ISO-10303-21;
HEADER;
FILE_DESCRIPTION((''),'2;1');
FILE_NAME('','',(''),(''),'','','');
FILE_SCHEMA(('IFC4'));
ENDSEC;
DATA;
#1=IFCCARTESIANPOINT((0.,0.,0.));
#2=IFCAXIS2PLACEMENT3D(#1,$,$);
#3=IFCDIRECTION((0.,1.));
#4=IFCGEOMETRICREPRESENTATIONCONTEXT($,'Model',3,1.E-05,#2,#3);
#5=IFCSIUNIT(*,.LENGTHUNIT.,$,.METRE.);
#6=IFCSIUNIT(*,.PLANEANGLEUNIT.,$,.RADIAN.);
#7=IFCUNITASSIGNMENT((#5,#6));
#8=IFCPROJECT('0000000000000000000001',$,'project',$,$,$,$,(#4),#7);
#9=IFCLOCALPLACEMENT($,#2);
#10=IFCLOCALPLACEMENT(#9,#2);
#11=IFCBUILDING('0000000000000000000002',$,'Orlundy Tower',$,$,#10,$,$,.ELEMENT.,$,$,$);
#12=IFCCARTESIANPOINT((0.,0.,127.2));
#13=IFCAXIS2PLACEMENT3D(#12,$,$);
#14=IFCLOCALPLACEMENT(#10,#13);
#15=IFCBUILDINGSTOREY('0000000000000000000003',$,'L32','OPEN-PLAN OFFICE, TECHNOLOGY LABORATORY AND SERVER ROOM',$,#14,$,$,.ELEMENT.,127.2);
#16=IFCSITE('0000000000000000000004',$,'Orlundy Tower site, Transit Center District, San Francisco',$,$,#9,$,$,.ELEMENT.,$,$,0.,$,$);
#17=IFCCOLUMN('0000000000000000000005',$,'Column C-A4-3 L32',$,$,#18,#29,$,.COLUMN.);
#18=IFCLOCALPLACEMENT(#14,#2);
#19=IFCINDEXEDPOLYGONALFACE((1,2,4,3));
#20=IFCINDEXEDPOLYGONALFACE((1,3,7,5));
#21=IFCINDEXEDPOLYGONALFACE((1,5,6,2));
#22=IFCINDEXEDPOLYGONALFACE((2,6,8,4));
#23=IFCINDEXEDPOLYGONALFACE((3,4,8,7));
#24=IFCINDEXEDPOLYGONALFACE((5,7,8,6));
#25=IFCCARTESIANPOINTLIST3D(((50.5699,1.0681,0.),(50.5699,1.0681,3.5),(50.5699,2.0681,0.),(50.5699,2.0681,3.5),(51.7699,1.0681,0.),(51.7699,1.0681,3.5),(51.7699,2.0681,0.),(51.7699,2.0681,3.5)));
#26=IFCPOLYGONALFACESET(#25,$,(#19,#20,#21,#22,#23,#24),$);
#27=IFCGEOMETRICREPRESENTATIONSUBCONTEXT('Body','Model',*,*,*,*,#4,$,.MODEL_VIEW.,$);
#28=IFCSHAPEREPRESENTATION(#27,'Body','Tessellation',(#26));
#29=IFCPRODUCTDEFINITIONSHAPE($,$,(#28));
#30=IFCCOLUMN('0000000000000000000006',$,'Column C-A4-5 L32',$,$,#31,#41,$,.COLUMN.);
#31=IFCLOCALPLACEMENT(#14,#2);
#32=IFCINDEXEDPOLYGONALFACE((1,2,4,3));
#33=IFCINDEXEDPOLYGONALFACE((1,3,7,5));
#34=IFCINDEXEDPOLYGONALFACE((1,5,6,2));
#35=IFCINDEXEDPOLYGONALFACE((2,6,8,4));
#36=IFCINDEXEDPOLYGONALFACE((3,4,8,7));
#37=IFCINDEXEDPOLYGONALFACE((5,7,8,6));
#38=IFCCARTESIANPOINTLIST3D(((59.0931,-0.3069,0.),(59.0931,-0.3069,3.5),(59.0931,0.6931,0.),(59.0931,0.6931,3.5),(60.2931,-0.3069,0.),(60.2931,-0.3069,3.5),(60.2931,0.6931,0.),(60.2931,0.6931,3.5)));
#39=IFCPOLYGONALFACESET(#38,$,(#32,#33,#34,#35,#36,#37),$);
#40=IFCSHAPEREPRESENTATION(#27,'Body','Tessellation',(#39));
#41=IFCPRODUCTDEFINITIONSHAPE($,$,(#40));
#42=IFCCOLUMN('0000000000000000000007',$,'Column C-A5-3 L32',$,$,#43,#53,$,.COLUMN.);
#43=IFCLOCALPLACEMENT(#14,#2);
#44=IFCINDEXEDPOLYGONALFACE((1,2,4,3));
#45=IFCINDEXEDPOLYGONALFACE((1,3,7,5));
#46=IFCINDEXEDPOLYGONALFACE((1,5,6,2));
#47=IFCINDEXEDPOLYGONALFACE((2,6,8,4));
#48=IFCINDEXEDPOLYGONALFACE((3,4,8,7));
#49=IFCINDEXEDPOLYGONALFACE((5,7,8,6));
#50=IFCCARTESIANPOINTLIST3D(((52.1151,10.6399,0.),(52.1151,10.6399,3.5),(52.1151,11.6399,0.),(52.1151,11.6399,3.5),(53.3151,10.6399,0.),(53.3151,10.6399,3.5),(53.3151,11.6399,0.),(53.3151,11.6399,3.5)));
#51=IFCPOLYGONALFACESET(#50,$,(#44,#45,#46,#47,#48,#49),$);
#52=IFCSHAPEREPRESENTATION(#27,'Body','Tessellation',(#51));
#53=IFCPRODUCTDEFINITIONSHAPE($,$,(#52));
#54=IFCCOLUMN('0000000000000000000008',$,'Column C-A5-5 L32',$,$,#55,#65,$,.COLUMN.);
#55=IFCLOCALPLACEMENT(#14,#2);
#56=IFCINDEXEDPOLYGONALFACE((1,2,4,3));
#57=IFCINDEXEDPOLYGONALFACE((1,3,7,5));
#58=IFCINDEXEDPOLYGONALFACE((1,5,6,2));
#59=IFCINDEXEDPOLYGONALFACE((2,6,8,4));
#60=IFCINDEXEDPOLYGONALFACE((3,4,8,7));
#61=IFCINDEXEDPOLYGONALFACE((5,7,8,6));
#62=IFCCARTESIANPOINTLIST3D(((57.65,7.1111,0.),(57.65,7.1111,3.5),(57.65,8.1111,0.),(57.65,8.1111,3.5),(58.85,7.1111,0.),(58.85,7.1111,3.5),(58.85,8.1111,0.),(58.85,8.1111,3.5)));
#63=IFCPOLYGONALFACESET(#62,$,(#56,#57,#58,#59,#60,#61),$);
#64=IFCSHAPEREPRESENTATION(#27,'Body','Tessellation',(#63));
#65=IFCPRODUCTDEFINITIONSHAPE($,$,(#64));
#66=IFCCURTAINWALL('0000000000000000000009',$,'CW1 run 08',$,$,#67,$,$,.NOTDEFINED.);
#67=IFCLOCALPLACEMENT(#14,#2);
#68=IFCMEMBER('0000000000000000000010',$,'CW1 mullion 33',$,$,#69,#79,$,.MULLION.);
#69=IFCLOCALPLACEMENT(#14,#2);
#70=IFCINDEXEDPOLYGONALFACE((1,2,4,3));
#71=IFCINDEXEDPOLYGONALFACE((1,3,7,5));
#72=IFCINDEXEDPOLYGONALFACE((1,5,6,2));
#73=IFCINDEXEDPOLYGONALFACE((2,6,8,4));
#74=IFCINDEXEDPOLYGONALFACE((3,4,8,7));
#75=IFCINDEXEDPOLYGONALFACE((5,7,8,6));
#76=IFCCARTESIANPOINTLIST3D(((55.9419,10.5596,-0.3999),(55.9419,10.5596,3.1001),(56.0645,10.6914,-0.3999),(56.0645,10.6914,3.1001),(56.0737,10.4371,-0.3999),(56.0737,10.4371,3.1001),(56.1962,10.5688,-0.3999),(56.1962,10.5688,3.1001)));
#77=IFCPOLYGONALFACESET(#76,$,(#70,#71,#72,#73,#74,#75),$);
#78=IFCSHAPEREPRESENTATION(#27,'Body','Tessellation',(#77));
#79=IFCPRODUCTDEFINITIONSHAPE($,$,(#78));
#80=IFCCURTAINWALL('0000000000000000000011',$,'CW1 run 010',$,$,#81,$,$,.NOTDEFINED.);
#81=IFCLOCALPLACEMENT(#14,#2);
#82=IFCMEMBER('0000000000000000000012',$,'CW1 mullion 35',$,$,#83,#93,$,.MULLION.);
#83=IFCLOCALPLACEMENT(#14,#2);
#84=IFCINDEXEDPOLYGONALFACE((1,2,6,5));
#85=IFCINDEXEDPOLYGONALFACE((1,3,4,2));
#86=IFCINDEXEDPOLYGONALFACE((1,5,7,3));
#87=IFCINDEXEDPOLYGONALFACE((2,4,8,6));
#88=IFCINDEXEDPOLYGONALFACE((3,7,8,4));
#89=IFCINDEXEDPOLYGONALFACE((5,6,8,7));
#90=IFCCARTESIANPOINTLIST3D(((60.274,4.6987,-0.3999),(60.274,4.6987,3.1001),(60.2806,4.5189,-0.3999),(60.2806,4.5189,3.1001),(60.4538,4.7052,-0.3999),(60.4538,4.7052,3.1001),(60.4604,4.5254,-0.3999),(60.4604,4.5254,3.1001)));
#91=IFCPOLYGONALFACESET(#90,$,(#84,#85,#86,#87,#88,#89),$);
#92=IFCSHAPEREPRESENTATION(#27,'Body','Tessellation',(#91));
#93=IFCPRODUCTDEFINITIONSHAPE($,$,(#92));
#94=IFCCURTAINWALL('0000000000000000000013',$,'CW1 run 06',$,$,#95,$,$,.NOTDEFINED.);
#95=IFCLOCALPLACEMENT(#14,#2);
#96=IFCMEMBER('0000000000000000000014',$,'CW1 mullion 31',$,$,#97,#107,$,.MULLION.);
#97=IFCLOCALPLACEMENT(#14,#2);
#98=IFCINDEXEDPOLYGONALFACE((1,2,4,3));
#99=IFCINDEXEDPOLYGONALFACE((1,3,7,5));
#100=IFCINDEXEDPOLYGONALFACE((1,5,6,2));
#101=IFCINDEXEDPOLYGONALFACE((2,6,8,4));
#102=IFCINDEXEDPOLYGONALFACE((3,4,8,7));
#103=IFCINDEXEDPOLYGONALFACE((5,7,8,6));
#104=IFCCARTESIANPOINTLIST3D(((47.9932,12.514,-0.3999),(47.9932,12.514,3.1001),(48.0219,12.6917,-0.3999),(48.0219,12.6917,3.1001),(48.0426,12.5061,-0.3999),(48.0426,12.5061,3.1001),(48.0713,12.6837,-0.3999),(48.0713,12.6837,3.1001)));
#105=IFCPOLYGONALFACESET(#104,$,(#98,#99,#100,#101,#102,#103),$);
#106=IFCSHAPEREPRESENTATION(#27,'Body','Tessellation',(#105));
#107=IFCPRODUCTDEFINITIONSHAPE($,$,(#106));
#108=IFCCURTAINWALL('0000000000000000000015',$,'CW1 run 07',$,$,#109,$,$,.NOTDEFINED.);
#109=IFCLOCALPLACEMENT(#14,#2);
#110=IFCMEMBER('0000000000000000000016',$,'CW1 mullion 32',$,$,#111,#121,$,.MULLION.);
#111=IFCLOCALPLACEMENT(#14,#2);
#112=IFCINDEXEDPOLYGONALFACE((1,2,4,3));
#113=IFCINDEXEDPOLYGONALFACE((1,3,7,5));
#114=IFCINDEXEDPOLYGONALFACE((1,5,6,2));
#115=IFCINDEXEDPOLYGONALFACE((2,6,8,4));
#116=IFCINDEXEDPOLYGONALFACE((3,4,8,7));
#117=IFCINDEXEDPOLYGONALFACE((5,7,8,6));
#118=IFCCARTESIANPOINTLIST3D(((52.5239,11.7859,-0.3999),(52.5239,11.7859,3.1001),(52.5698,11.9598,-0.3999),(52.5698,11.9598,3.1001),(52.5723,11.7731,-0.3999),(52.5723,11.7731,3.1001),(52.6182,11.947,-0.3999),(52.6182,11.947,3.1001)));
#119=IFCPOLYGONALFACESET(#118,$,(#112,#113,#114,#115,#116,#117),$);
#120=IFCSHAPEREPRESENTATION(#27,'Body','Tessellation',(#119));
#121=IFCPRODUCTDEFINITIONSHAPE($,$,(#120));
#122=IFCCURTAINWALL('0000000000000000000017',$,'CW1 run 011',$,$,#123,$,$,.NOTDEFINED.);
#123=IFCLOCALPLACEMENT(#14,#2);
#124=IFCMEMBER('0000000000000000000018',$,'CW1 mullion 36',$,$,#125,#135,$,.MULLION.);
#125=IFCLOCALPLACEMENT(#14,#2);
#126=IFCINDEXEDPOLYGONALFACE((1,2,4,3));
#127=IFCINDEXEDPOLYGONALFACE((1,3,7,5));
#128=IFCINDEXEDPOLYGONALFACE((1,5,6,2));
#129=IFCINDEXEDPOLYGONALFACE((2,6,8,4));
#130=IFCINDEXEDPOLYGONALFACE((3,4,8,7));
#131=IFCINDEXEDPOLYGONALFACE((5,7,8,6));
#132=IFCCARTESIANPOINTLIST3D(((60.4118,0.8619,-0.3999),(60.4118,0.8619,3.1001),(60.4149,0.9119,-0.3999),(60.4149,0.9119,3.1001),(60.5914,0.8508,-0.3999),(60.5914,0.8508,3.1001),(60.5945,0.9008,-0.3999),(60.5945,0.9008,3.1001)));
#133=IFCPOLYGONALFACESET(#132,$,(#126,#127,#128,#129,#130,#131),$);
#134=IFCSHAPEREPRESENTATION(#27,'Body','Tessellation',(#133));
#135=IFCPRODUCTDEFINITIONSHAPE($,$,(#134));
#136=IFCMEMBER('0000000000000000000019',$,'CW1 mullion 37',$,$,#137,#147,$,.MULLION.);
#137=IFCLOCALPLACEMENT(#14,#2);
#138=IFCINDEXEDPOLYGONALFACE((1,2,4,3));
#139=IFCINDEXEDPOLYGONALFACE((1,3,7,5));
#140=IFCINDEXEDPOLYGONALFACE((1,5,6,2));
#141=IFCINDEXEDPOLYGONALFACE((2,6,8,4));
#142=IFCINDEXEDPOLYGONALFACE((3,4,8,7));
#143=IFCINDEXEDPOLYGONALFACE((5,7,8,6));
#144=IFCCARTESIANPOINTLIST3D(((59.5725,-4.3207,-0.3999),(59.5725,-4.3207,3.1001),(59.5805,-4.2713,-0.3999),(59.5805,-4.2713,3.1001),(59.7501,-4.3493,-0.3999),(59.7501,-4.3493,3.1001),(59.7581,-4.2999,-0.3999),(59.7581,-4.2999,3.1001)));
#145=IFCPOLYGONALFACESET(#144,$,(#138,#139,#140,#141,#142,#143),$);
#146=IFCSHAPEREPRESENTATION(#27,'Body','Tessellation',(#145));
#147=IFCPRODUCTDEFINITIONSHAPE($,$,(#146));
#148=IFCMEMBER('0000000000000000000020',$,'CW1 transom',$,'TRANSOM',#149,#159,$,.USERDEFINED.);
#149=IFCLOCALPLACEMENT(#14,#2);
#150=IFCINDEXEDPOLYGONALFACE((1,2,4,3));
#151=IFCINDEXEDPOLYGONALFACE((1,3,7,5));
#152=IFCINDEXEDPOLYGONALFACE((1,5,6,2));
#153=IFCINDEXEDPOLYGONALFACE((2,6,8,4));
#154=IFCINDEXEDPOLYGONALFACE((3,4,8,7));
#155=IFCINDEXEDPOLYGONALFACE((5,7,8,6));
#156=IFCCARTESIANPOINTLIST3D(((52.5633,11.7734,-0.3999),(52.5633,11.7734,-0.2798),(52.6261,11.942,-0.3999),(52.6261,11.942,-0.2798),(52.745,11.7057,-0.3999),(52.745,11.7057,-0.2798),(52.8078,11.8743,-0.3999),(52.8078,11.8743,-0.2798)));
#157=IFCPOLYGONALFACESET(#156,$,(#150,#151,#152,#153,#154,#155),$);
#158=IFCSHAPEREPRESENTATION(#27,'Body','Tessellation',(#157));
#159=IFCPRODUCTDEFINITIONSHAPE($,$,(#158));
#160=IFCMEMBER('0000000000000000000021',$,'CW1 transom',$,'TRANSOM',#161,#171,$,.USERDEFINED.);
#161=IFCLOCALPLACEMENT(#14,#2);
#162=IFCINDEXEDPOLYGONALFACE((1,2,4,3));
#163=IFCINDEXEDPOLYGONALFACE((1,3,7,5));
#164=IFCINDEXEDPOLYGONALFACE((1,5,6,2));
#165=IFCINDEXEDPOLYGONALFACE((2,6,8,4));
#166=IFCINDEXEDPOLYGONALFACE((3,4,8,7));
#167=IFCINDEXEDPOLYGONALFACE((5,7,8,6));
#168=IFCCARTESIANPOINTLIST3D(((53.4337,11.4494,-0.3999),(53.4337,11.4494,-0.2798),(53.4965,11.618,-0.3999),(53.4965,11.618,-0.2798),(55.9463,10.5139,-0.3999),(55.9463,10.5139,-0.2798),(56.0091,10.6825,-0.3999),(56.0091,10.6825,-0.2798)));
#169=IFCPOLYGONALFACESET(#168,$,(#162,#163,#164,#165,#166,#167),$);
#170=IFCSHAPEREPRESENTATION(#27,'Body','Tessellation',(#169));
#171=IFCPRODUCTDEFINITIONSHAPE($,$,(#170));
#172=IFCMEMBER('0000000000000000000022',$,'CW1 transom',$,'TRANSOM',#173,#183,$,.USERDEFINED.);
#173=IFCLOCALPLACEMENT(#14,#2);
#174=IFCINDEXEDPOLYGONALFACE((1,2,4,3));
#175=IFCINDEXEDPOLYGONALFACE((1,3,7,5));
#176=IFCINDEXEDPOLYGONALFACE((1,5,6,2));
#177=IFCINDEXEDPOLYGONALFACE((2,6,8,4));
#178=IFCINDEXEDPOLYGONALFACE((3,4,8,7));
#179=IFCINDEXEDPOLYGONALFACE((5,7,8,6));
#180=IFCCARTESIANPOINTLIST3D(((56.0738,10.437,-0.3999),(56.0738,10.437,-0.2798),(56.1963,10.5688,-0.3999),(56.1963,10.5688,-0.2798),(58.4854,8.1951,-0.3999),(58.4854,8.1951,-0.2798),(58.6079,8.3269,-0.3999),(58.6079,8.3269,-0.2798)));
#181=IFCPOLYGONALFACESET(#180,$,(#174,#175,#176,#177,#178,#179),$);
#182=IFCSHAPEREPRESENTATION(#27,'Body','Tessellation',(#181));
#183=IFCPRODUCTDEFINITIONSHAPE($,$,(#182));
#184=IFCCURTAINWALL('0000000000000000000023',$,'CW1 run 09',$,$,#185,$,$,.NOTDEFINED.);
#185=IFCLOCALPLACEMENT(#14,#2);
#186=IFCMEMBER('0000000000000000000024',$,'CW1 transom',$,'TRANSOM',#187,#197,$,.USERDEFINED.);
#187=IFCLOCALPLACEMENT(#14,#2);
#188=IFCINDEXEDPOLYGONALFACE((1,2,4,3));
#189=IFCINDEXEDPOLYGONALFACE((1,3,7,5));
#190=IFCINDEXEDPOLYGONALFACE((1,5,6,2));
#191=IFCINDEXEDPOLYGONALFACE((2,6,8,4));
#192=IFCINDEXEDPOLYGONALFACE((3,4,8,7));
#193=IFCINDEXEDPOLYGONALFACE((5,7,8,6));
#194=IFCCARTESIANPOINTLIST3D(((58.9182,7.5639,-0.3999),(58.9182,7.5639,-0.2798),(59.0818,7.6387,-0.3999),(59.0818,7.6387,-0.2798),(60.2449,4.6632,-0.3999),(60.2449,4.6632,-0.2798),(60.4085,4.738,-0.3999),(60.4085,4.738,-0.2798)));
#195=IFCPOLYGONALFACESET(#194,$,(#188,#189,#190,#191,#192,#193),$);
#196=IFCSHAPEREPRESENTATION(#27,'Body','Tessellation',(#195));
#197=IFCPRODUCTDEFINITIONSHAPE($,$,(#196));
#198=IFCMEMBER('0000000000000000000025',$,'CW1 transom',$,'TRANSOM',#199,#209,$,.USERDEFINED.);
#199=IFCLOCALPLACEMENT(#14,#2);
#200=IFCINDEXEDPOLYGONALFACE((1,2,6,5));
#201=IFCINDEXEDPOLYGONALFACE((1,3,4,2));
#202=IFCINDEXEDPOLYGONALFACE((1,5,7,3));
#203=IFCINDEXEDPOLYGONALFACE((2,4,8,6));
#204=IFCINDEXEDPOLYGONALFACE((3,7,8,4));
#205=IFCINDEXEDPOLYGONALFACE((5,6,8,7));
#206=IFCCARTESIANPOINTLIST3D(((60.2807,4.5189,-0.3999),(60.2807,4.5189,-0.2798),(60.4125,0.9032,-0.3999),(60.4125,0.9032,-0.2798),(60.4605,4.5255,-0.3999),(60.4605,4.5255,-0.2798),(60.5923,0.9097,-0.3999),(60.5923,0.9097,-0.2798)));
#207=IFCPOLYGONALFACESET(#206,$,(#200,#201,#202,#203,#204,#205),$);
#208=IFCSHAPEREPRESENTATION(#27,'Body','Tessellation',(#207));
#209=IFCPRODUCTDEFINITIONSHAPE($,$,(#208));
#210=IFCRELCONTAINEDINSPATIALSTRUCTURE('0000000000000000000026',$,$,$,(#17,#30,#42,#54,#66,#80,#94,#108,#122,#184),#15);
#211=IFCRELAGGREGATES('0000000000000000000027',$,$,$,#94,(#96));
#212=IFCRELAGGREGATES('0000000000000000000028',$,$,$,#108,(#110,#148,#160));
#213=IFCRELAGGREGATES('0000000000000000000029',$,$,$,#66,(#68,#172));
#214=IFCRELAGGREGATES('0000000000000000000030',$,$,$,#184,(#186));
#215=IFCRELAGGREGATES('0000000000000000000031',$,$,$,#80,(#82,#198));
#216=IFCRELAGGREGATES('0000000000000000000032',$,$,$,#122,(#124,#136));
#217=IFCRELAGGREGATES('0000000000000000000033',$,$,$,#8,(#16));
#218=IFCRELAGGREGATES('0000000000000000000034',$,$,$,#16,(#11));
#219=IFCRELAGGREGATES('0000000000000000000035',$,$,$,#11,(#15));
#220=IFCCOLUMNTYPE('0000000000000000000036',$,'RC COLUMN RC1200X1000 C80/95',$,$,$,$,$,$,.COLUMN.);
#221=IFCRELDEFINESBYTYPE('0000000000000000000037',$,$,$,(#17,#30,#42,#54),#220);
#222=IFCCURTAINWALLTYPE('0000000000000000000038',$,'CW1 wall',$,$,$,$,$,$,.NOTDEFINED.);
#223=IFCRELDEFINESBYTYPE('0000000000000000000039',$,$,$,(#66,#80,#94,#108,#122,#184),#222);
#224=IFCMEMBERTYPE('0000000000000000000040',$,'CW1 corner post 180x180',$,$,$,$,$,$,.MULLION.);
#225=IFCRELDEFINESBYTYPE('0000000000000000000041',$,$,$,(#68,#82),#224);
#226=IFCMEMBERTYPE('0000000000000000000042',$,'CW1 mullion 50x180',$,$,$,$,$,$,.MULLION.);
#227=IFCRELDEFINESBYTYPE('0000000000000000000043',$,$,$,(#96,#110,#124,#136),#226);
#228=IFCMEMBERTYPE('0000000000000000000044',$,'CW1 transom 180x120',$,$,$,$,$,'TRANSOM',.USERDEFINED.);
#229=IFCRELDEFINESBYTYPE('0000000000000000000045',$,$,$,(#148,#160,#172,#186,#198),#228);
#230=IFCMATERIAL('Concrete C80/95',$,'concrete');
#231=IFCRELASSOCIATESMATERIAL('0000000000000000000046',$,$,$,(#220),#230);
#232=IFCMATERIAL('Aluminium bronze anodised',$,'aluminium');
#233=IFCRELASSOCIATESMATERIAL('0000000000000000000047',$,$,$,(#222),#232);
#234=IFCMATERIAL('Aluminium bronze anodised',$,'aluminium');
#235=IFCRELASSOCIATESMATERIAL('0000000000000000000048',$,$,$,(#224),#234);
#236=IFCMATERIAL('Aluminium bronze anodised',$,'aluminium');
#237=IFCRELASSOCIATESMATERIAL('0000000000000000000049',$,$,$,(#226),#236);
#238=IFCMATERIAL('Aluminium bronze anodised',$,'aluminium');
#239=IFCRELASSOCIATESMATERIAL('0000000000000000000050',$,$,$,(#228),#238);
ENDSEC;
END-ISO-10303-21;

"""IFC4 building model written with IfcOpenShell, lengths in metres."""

from ifc_helpers import new_model, si_unit, direction, frame, origin, origin_2d, place, context, subcontext, project, spatial, rectangle, extrude, material, material_profile, profile_set, type_object, element, aggregate, save


model = new_model("IFC4")

# Units and contexts
model_context = context("Model", 3, precision=1e-05, world=origin(), true_north=direction((0.0, 1.0)))
body_context = subcontext(model_context, "Body", "Model", "MODEL_VIEW")
ifc_project = project(units=[si_unit("LENGTHUNIT", "METRE"), si_unit("PLANEANGLEUNIT", "RADIAN")], contexts=[model_context])

# Site, building, storey
site_placement = place(None, origin())
site = spatial("IfcSite", under=ifc_project, at=site_placement, Name="Orlundy Tower site, Transit Center District, San Francisco", CompositionType="ELEMENT", RefElevation=0.0)
building_placement = place(site_placement, origin())
building = spatial("IfcBuilding", under=site, at=building_placement, Name="Orlundy Tower", CompositionType="ELEMENT")
storey_placement = place(building_placement, frame((0.0, 0.0, 127.2)))
storey = spatial("IfcBuildingStorey", under=building, at=storey_placement, Name="L32", Description="OPEN-PLAN OFFICE, TECHNOLOGY LABORATORY AND SERVER ROOM", CompositionType="ELEMENT", Elevation=127.2)

# Columns
ifc_material_1 = material(Name="Concrete C80/95", Category="concrete")
ifc_material_profile_1 = material_profile(ifc_material_1, rectangle(XDim=1.2, YDim=1.0, at=origin_2d()), Name="RC1200X1000")
ifc_profile_set_1 = profile_set([ifc_material_profile_1], Name="Concrete C80/95")
column_type = type_object("IfcColumnType", Name="RC COLUMN RC1200X1000 C80/95", PredefinedType="COLUMN", material=ifc_profile_set_1)
for number, where, z_axis, x_axis, name in (
    (1, (51.1699, 1.5681, 0.0), (0.0, 0.0, 1.0), (1.0, 0.0, 0.0), "Column C-A4-3 L32"),
    (2, (59.6931, 0.1931, 0.0), (0.0, 0.0, 1.0), (1.0, 0.0, 0.0), "Column C-A4-5 L32"),
    (3, (52.7151, 11.1399, 0.0), (0.0, 0.0, 1.0), (1.0, 0.0, 0.0), "Column C-A5-3 L32"),
    (4, (58.25, 7.6111, 0.0), (0.0, 0.0, 1.0), (1.0, 0.0, 0.0), "Column C-A5-5 L32"),
):
    element("IfcColumn", number, at=place(storey_placement, frame(where, z_axis=z_axis, x_axis=x_axis)), inside=storey, type_object=column_type, Name=name, PredefinedType="COLUMN", context=body_context, shape_type="SweptSolid", body=[
        extrude(rectangle(XDim=1.2, YDim=1.0, at=origin_2d()), origin(), (0.0, 0.0, 1.0), 3.5),
    ])

# Curtain walls, members
ifc_material_2 = material(Name="Aluminium bronze anodised", Category="aluminium")
curtain_wall_type = type_object("IfcCurtainWallType", Name="CW1 wall", PredefinedType="NOTDEFINED", material=ifc_material_2)
curtain_wall_1_placement = place(storey_placement, origin())
curtain_wall_1 = element("IfcCurtainWall", 5, at=curtain_wall_1_placement, inside=storey, type_object=curtain_wall_type, Name="CW1 run 08", PredefinedType="NOTDEFINED")
ifc_material_3 = material(Name="Aluminium bronze anodised", Category="aluminium")
ifc_material_profile_2 = material_profile(ifc_material_3, rectangle(XDim=0.1799, YDim=0.1799, at=origin_2d()), Name="CW1 corner post 180x180")
ifc_profile_set_2 = profile_set([ifc_material_profile_2], Name="Aluminium bronze anodised")
member_type_1 = type_object("IfcMemberType", Name="CW1 corner post 180x180", PredefinedType="MULLION", material=ifc_profile_set_2)
member_1_placement = place(storey_placement, frame((56.0691, 10.5642, -0.3999), z_axis=(0.0, 0.0, 1.0), x_axis=(0.680875, 0.732399, 0.0)))
member_1 = element("IfcMember", 6, at=member_1_placement, type_object=member_type_1, Name="CW1 mullion 33", PredefinedType="MULLION", context=body_context, shape_type="SweptSolid", body=[
    extrude(rectangle(XDim=0.1799, YDim=0.1799, at=origin_2d()), origin(), (0.0, 0.0, 1.0), 3.5),
])
curtain_wall_2_placement = place(storey_placement, origin())
curtain_wall_2 = element("IfcCurtainWall", 7, at=curtain_wall_2_placement, inside=storey, type_object=curtain_wall_type, Name="CW1 run 010", PredefinedType="NOTDEFINED")
member_2_placement = place(storey_placement, frame((60.3672, 4.6121, -0.3999), z_axis=(0.0, 0.0, 1.0), x_axis=(0.999336, 0.036423, 0.0)))
member_2 = element("IfcMember", 8, at=member_2_placement, type_object=member_type_1, Name="CW1 mullion 35", PredefinedType="MULLION", context=body_context, shape_type="SweptSolid", body=[
    extrude(rectangle(XDim=0.1799, YDim=0.1799, at=origin_2d()), origin(), (0.0, 0.0, 1.0), 3.5),
])
curtain_wall_3_placement = place(storey_placement, origin())
curtain_wall_3 = element("IfcCurtainWall", 9, at=curtain_wall_3_placement, inside=storey, type_object=curtain_wall_type, Name="CW1 run 06", PredefinedType="NOTDEFINED")
ifc_material_4 = material(Name="Aluminium bronze anodised", Category="aluminium")
ifc_material_profile_3 = material_profile(ifc_material_4, rectangle(XDim=0.1799, YDim=0.05, at=origin_2d()), Name="CW1 mullion 50x180")
ifc_profile_set_3 = profile_set([ifc_material_profile_3], Name="Aluminium bronze anodised")
member_type_2 = type_object("IfcMemberType", Name="CW1 mullion 50x180", PredefinedType="MULLION", material=ifc_profile_set_3)
member_3_placement = place(storey_placement, frame((48.0322, 12.5989, -0.3999), z_axis=(0.0, 0.0, 1.0), x_axis=(0.159302, 0.98723, 0.0)))
member_3 = element("IfcMember", 10, at=member_3_placement, type_object=member_type_2, Name="CW1 mullion 31", PredefinedType="MULLION", context=body_context, shape_type="SweptSolid", body=[
    extrude(rectangle(XDim=0.1799, YDim=0.05, at=origin_2d()), origin(), (0.0, 0.0, 1.0), 3.5),
])
curtain_wall_4_placement = place(storey_placement, origin())
curtain_wall_4 = element("IfcCurtainWall", 11, at=curtain_wall_4_placement, inside=storey, type_object=curtain_wall_type, Name="CW1 run 07", PredefinedType="NOTDEFINED")
member_4_placement = place(storey_placement, frame((52.571, 11.8665, -0.3999), z_axis=(0.0, 0.0, 1.0), x_axis=(0.255334, 0.966853, 0.0)))
member_4 = element("IfcMember", 12, at=member_4_placement, type_object=member_type_2, Name="CW1 mullion 32", PredefinedType="MULLION", context=body_context, shape_type="SweptSolid", body=[
    extrude(rectangle(XDim=0.1799, YDim=0.05, at=origin_2d()), origin(), (0.0, 0.0, 1.0), 3.5),
])

# Curtain wall, members
curtain_wall_5_placement = place(storey_placement, origin())
curtain_wall_5 = element("IfcCurtainWall", 13, at=curtain_wall_5_placement, inside=storey, type_object=curtain_wall_type, Name="CW1 run 011", PredefinedType="NOTDEFINED")
member_5_placement = place(storey_placement, frame((60.5032, 0.8813, -0.3999), z_axis=(0.0, 0.0, 1.0), x_axis=(0.998092, -0.061752, 0.0)))
member_5 = element("IfcMember", 14, at=member_5_placement, type_object=member_type_2, Name="CW1 mullion 36", PredefinedType="MULLION", context=body_context, shape_type="SweptSolid", body=[
    extrude(rectangle(XDim=0.1799, YDim=0.05, at=origin_2d()), origin(), (0.0, 0.0, 1.0), 3.5),
])
member_6_placement = place(storey_placement, frame((59.6653, -4.3103, -0.3999), z_axis=(0.0, 0.0, 1.0), x_axis=(0.987225, -0.159331, 0.0)))
member_6 = element("IfcMember", 15, at=member_6_placement, type_object=member_type_2, Name="CW1 mullion 37", PredefinedType="MULLION", context=body_context, shape_type="SweptSolid", body=[
    extrude(rectangle(XDim=0.1799, YDim=0.05, at=origin_2d()), origin(), (0.0, 0.0, 1.0), 3.5),
])

# Members
ifc_material_5 = material(Name="Aluminium bronze anodised", Category="aluminium")
ifc_material_profile_4 = material_profile(ifc_material_5, rectangle(XDim=0.1799, YDim=0.1201, at=origin_2d()), Name="CW1 transom 180x120")
ifc_profile_set_4 = profile_set([ifc_material_profile_4], Name="Aluminium bronze anodised")
member_type_3 = type_object("IfcMemberType", Name="CW1 transom 180x120", ElementType="TRANSOM", PredefinedType="USERDEFINED", material=ifc_profile_set_4)
member_7_placement = place(storey_placement, frame((52.5947, 11.8577, -0.3398), z_axis=(0.937155, -0.348914, 0.0), x_axis=(0.348914, 0.937155, 0.0)))
member_7 = element("IfcMember", 16, at=member_7_placement, type_object=member_type_3, Name="CW1 transom", ObjectType="TRANSOM", PredefinedType="USERDEFINED", context=body_context, shape_type="SweptSolid", body=[
    extrude(rectangle(XDim=0.1799, YDim=0.1201, at=origin_2d()), origin(), (0.0, 0.0, 1.0), 0.1938),
])
member_8_placement = place(storey_placement, frame((53.4651, 11.5337, -0.3398), z_axis=(0.93715, -0.348927, 0.0), x_axis=(0.348927, 0.93715, 0.0)))
member_8 = element("IfcMember", 17, at=member_8_placement, type_object=member_type_3, Name="CW1 transom", ObjectType="TRANSOM", PredefinedType="USERDEFINED", context=body_context, shape_type="SweptSolid", body=[
    extrude(rectangle(XDim=0.1799, YDim=0.1201, at=origin_2d()), origin(), (0.0, 0.0, 1.0), 2.6812),
])
member_9_placement = place(storey_placement, frame((56.135, 10.5029, -0.3398), z_axis=(0.732403, -0.680872, 0.0), x_axis=(0.680872, 0.732403, 0.0)))
member_9 = element("IfcMember", 18, at=member_9_placement, type_object=member_type_3, Name="CW1 transom", ObjectType="TRANSOM", PredefinedType="USERDEFINED", context=body_context, shape_type="SweptSolid", body=[
    extrude(rectangle(XDim=0.1799, YDim=0.1201, at=origin_2d()), origin(), (0.0, 0.0, 1.0), 3.2927),
])

# Curtain wall, member
curtain_wall_6_placement = place(storey_placement, origin())
curtain_wall_6 = element("IfcCurtainWall", 19, at=curtain_wall_6_placement, inside=storey, type_object=curtain_wall_type, Name="CW1 run 09", PredefinedType="NOTDEFINED")
member_10_placement = place(storey_placement, frame((59.0, 7.6013, -0.3398), z_axis=(0.41593, -0.909397, 0.0), x_axis=(0.909397, 0.41593, 0.0)))
member_10 = element("IfcMember", 20, at=member_10_placement, type_object=member_type_3, Name="CW1 transom", ObjectType="TRANSOM", PredefinedType="USERDEFINED", context=body_context, shape_type="SweptSolid", body=[
    extrude(rectangle(XDim=0.1799, YDim=0.1201, at=origin_2d()), origin(), (0.0, 0.0, 1.0), 3.1897),
])

# Member
member_11_placement = place(storey_placement, frame((60.3706, 4.5222, -0.3398), z_axis=(0.036438, -0.999336, 0.0), x_axis=(0.999336, 0.036438, 0.0)))
member_11 = element("IfcMember", 21, at=member_11_placement, type_object=member_type_3, Name="CW1 transom", ObjectType="TRANSOM", PredefinedType="USERDEFINED", context=body_context, shape_type="SweptSolid", body=[
    extrude(rectangle(XDim=0.1799, YDim=0.1201, at=origin_2d()), origin(), (0.0, 0.0, 1.0), 3.6182),
])

aggregate(curtain_wall_3, [member_3])
aggregate(curtain_wall_4, [member_4, member_7, member_8])
aggregate(curtain_wall_1, [member_1, member_9])
aggregate(curtain_wall_6, [member_10])
aggregate(curtain_wall_2, [member_2, member_11])
aggregate(curtain_wall_5, [member_5, member_6])

save(model, "model.ifc")
